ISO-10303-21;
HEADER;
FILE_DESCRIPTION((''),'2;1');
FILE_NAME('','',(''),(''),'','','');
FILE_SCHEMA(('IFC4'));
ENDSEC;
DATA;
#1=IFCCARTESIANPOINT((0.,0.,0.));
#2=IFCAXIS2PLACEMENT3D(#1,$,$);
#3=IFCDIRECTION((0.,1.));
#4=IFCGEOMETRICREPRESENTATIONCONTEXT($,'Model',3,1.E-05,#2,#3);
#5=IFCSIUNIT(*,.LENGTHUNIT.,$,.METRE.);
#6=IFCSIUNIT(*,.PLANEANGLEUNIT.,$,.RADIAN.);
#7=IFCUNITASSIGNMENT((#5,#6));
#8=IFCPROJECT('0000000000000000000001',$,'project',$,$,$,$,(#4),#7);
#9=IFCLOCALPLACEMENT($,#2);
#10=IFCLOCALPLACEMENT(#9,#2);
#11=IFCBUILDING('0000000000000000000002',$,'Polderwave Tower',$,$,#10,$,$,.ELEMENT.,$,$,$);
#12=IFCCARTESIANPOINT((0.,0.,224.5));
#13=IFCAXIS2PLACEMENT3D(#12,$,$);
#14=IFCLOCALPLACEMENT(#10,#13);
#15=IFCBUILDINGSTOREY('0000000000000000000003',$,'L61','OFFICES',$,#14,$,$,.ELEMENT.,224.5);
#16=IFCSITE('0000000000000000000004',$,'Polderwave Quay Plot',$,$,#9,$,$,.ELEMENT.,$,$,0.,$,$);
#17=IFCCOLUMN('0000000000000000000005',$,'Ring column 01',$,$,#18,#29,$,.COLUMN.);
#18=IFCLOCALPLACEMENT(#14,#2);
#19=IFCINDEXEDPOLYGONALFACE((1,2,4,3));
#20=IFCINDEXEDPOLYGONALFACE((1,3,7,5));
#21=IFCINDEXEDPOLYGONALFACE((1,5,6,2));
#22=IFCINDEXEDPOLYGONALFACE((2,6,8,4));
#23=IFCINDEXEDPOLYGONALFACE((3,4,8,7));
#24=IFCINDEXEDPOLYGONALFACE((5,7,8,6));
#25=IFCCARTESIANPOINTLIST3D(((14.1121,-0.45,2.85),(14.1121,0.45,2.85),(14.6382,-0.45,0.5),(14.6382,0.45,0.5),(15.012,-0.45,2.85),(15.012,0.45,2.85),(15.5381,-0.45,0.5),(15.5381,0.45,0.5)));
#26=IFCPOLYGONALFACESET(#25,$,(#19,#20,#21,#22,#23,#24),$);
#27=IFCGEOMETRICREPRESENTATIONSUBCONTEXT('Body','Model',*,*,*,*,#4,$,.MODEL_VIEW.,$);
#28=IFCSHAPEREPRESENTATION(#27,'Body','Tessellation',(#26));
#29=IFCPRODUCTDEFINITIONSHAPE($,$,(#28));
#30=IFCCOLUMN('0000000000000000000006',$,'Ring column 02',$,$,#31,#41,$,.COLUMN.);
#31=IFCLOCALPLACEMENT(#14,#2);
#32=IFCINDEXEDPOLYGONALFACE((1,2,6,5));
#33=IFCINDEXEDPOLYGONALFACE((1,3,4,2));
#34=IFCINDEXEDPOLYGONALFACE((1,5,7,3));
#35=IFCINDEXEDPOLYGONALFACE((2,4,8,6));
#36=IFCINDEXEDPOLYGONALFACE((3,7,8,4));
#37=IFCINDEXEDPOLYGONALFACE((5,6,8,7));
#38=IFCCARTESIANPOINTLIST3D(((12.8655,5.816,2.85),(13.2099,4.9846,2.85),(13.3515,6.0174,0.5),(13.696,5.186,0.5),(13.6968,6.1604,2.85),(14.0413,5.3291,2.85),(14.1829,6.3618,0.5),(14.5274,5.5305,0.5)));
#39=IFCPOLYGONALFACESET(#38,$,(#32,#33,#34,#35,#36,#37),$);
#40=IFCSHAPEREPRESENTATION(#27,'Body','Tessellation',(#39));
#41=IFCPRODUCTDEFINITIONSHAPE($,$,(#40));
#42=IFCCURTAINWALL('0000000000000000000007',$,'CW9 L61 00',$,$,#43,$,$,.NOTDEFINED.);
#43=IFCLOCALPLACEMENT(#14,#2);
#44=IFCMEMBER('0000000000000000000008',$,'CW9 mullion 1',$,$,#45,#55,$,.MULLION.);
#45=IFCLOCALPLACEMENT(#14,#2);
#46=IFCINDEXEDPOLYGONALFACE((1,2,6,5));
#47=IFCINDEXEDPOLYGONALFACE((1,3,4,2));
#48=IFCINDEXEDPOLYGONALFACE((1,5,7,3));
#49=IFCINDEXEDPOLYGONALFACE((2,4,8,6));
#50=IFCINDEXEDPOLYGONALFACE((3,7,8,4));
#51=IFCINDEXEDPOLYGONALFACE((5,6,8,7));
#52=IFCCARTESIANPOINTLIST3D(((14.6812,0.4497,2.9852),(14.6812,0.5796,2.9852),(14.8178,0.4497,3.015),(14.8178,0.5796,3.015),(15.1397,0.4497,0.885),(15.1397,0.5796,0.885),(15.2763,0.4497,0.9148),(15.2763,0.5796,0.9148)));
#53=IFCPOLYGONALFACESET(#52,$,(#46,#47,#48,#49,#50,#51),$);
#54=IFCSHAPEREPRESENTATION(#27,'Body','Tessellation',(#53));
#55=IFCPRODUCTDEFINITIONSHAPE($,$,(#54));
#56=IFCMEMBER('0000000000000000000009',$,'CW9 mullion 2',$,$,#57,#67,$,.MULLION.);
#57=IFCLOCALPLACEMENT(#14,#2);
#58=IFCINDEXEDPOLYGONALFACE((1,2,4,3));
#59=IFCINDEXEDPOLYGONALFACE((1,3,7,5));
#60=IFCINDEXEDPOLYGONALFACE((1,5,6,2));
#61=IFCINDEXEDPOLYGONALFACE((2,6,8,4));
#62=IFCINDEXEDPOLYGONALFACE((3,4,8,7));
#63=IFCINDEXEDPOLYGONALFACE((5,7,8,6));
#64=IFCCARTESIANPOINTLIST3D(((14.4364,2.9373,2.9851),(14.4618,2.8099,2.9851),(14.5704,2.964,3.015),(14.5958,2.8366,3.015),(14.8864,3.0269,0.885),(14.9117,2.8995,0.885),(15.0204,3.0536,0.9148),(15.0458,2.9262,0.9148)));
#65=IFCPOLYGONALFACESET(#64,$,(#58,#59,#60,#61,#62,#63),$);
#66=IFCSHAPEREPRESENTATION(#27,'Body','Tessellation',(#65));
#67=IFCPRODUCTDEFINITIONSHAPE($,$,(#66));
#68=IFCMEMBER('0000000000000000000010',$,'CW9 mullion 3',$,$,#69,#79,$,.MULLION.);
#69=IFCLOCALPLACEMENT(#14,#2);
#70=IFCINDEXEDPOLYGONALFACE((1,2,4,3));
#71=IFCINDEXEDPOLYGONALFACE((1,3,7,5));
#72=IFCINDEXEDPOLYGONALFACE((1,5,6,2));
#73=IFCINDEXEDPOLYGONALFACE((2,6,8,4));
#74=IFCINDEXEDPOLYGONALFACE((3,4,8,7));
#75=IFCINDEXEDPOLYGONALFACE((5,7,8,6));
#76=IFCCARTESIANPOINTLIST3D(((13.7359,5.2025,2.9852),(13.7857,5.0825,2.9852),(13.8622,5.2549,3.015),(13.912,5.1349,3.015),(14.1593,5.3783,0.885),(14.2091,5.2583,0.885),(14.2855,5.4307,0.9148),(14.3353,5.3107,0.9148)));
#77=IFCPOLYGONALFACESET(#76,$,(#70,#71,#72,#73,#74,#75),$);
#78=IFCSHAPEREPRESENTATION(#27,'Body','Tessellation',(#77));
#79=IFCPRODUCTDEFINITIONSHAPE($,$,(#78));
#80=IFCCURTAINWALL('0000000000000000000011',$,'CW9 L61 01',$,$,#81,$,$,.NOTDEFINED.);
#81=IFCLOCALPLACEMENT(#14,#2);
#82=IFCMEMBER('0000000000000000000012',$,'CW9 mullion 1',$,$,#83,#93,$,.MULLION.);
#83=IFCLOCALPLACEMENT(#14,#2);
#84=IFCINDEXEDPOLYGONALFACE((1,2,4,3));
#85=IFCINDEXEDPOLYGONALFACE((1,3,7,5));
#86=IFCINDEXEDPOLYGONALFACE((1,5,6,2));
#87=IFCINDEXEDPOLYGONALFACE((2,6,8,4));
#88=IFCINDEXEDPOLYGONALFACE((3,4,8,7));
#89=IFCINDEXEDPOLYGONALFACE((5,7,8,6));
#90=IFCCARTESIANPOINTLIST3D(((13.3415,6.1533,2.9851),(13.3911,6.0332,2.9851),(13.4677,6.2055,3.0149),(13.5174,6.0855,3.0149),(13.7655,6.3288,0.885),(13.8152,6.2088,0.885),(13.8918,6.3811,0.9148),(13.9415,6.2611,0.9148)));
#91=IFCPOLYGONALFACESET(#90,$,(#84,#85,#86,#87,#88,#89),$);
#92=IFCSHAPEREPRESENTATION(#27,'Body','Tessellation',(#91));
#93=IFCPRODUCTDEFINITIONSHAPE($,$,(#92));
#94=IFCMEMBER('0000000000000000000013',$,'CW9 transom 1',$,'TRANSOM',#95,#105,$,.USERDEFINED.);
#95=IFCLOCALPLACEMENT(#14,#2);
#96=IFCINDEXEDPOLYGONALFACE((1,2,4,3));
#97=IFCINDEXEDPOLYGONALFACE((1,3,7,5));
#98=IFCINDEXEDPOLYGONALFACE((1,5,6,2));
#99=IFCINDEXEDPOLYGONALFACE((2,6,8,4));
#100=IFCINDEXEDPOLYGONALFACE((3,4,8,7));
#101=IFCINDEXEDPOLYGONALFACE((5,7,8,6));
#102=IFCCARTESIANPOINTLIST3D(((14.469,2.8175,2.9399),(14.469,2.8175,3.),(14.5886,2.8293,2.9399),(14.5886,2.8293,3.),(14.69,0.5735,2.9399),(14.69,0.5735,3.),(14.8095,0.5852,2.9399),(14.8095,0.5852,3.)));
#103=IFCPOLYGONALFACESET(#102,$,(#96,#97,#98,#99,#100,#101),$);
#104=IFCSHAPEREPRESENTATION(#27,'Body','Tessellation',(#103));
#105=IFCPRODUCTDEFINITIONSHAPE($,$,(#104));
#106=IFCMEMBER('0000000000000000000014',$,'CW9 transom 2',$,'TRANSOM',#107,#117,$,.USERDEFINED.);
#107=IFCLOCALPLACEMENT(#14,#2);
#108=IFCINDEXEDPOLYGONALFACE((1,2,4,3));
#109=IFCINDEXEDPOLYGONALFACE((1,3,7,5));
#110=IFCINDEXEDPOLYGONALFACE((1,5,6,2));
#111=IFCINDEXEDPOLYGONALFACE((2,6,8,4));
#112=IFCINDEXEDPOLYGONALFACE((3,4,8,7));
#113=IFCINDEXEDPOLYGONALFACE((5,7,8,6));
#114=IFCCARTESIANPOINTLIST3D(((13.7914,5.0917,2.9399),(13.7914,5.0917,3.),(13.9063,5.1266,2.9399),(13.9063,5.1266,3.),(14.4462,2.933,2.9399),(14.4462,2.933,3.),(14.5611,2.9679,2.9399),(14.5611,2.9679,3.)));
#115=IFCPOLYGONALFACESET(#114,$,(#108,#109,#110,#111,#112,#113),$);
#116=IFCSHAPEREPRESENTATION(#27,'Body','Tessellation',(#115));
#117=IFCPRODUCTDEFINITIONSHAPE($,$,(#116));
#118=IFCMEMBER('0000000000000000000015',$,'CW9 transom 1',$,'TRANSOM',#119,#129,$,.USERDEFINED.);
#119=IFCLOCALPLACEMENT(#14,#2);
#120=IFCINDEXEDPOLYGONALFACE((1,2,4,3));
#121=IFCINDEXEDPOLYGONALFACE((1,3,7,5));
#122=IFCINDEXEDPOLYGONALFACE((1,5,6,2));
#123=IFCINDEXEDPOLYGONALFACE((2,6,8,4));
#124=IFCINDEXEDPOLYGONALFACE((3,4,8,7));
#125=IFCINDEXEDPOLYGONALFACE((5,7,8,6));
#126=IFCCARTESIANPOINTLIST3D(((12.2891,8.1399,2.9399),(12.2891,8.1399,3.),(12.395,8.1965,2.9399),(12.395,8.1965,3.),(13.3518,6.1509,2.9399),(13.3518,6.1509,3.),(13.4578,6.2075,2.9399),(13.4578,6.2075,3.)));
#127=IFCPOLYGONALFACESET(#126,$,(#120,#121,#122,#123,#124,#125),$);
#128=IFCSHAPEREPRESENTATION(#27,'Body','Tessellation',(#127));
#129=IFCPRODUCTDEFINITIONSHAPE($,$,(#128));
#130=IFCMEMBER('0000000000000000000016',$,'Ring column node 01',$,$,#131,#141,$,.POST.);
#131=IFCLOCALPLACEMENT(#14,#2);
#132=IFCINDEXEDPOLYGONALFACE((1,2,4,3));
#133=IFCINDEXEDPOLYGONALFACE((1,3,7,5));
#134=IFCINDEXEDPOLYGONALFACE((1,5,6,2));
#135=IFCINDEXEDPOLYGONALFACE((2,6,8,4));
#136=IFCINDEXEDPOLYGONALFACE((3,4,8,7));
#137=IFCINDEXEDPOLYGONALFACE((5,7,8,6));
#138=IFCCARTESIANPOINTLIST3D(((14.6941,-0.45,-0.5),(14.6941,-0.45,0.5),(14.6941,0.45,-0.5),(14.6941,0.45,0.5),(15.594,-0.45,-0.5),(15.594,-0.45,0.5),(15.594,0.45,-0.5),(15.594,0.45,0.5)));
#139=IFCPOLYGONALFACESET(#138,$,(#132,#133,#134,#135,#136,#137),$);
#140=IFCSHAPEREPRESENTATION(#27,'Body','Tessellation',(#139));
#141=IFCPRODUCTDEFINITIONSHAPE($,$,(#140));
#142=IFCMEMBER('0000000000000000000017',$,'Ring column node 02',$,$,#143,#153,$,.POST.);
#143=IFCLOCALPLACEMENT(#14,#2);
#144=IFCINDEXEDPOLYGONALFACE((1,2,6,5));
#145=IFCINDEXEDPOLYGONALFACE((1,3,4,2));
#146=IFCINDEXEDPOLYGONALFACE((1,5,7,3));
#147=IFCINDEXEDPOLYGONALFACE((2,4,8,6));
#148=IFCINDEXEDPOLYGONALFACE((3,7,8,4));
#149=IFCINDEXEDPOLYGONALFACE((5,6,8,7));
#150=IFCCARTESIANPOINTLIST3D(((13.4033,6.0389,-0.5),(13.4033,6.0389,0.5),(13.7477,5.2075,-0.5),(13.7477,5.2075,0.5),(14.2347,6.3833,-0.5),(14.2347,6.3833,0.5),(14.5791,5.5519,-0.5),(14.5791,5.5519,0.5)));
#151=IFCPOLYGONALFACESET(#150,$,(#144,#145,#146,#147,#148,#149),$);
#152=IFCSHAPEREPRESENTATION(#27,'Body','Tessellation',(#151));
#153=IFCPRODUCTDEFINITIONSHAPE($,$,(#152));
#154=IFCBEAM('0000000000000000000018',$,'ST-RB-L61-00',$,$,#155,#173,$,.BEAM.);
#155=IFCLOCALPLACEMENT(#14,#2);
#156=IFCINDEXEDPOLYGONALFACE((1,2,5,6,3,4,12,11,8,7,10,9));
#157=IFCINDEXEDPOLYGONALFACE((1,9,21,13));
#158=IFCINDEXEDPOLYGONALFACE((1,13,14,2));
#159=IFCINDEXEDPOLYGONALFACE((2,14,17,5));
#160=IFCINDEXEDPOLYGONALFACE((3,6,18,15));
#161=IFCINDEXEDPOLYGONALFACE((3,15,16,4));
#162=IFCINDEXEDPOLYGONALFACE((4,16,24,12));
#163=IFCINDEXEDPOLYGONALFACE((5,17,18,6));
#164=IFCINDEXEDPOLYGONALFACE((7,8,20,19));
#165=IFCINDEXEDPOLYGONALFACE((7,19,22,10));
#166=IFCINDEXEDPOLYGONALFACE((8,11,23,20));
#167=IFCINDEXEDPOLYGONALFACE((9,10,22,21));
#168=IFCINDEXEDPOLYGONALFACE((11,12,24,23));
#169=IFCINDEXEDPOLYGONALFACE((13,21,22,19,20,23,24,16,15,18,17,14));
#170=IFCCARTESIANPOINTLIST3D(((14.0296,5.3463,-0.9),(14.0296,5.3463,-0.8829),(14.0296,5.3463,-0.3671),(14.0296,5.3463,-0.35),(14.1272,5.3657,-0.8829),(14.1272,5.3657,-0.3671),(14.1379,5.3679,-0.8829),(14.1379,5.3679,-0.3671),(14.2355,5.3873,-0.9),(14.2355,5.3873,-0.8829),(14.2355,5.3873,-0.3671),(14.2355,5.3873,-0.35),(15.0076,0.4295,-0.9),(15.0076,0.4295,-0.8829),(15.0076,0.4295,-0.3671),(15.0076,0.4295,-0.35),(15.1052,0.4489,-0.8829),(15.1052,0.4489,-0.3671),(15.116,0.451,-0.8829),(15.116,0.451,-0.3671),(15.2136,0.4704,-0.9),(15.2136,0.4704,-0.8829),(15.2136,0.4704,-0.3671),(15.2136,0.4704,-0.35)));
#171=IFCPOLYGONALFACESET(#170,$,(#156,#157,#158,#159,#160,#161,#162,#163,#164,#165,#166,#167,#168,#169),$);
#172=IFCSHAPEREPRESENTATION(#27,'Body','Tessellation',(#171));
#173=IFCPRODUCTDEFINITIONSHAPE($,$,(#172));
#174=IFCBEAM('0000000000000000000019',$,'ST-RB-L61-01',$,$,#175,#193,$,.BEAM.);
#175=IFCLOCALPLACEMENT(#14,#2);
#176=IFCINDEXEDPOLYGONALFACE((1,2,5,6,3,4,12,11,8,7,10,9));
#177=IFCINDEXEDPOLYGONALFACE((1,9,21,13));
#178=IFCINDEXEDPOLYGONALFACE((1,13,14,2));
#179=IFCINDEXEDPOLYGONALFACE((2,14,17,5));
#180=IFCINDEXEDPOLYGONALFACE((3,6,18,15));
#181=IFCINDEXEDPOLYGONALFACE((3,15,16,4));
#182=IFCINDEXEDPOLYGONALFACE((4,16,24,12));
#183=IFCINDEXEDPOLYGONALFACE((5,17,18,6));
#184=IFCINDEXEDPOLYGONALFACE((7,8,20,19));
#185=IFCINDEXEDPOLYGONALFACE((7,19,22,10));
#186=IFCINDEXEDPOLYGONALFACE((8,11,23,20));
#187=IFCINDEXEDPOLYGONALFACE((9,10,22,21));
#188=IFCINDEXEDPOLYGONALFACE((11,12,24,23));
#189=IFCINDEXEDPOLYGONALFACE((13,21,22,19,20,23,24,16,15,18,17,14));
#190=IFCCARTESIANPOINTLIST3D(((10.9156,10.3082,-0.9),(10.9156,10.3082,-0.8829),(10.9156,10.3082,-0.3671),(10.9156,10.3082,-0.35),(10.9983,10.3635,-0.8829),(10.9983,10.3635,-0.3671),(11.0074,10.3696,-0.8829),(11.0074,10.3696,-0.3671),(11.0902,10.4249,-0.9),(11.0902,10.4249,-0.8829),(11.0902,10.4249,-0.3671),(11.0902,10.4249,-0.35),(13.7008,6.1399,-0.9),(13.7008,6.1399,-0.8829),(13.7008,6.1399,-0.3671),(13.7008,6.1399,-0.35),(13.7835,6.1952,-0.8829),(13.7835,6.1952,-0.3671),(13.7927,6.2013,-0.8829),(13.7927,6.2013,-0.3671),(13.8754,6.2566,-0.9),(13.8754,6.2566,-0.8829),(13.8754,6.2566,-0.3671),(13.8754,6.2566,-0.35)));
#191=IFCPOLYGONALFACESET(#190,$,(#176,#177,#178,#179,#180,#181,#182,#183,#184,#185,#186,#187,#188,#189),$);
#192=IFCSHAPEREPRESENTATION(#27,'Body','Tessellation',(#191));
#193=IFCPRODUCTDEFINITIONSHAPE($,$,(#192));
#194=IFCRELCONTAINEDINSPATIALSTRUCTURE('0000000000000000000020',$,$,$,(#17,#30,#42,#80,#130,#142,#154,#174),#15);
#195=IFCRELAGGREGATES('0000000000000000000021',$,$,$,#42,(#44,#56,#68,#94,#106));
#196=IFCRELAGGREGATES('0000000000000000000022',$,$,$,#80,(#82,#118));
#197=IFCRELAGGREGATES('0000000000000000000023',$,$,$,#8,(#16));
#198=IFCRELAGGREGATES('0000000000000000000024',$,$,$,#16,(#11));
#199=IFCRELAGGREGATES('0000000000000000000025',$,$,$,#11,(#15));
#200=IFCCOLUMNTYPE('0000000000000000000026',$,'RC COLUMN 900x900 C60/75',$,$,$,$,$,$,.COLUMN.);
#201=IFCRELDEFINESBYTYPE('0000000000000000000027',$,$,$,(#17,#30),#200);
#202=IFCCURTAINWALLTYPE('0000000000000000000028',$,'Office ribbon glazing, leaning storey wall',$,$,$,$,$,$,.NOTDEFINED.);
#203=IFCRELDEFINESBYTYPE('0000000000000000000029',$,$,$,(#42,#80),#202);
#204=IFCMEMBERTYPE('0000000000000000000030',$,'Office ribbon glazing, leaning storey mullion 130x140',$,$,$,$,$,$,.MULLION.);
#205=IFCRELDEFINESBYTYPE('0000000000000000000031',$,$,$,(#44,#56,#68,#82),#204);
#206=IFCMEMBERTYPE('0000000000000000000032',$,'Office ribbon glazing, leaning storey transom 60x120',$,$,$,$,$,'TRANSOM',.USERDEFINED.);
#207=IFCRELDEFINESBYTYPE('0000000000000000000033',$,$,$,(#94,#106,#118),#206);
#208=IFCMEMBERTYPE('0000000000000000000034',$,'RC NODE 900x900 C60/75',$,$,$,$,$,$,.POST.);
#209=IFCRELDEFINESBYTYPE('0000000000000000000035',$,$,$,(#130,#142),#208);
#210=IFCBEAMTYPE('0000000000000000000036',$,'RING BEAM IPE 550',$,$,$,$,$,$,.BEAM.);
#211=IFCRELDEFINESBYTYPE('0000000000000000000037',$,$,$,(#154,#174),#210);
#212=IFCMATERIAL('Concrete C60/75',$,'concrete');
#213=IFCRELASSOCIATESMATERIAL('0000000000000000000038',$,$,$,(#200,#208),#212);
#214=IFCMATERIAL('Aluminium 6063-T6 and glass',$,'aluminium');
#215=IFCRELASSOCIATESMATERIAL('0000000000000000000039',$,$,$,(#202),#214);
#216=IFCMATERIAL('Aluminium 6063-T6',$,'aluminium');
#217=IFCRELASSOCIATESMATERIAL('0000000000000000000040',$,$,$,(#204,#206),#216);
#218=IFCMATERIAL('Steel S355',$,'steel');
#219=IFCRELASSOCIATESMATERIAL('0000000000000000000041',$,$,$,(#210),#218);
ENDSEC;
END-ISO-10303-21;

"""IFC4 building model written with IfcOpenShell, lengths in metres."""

from ifc_helpers import new_model, si_unit, direction, frame, origin, origin_2d, place, context, subcontext, project, spatial, rectangle, i_section, extrude, material, material_profile, profile_set, type_object, element, aggregate, save


model = new_model("IFC4")

# Units and contexts
model_context = context("Model", 3, precision=1e-05, world=origin(), true_north=direction((0.0, 1.0)))
body_context = subcontext(model_context, "Body", "Model", "MODEL_VIEW")
ifc_project = project(units=[si_unit("LENGTHUNIT", "METRE"), si_unit("PLANEANGLEUNIT", "RADIAN")], contexts=[model_context])

# Site, building, storey
site_placement = place(None, origin())
site = spatial("IfcSite", under=ifc_project, at=site_placement, Name="Polderwave Quay Plot", CompositionType="ELEMENT", RefElevation=0.0)
building_placement = place(site_placement, origin())
building = spatial("IfcBuilding", under=site, at=building_placement, Name="Polderwave Tower", CompositionType="ELEMENT")
storey_placement = place(building_placement, frame((0.0, 0.0, 224.5)))
storey = spatial("IfcBuildingStorey", under=building, at=storey_placement, Name="L61", Description="OFFICES", CompositionType="ELEMENT", Elevation=224.5)

# Columns
ifc_material_1 = material(Name="Concrete C60/75", Category="concrete")
ifc_material_profile_1 = material_profile(ifc_material_1, rectangle(XDim=0.8999, YDim=0.8999, at=origin_2d()), Name="RC 900x900")
ifc_profile_set_1 = profile_set([ifc_material_profile_1], Name="Concrete C60/75")
column_type = type_object("IfcColumnType", Name="RC COLUMN 900x900 C60/75", PredefinedType="COLUMN", material=ifc_profile_set_1)
column_1_placement = place(storey_placement, frame((15.0881, 0.0, 0.5), z_axis=(0.0, 0.0, 1.0), x_axis=(0.0, -1.0, 0.0)))
element("IfcColumn", 1, at=column_1_placement, inside=storey, type_object=column_type, Name="Ring column 01", PredefinedType="COLUMN", context=body_context, shape_type="SweptSolid", body=[
    extrude(rectangle(XDim=0.8999, YDim=0.8999, at=origin_2d()), origin(), (0.0, -0.218465, 0.975845), 2.4082),
])
column_2_placement = place(storey_placement, frame((13.9395, 5.7739, 0.5), z_axis=(0.0, 0.0, 1.0), x_axis=(0.382803, -0.92383, 0.0)))
element("IfcColumn", 2, at=column_2_placement, inside=storey, type_object=column_type, Name="Ring column 02", PredefinedType="COLUMN", context=body_context, shape_type="SweptSolid", body=[
    extrude(rectangle(XDim=0.8999, YDim=0.8999, at=origin_2d()), origin(), (0.0, -0.21848, 0.975841), 2.4082),
])

# Curtain wall, members
ifc_material_2 = material(Name="Aluminium 6063-T6 and glass", Category="aluminium")
curtain_wall_type = type_object("IfcCurtainWallType", Name="Office ribbon glazing, leaning storey wall", PredefinedType="NOTDEFINED", material=ifc_material_2)
curtain_wall_1_placement = place(storey_placement, origin())
curtain_wall_1 = element("IfcCurtainWall", 3, at=curtain_wall_1_placement, inside=storey, type_object=curtain_wall_type, Name="CW9 L61 00", PredefinedType="NOTDEFINED")
ifc_material_3 = material(Name="Aluminium 6063-T6", Category="aluminium")
ifc_material_profile_2 = material_profile(ifc_material_3, rectangle(XDim=0.1299, YDim=0.1399, at=origin_2d()), Name="AL 130x140")
ifc_profile_set_2 = profile_set([ifc_material_profile_2], Name="Aluminium 6063-T6")
member_type_1 = type_object("IfcMemberType", Name="Office ribbon glazing, leaning storey mullion 130x140", PredefinedType="MULLION", material=ifc_profile_set_2)
member_1_placement = place(storey_placement, frame((15.208, 0.5146, 0.8999), z_axis=(-0.213297, 0.0, 0.976987), x_axis=(0.0, -1.0, 0.0)))
member_1 = element("IfcMember", 4, at=member_1_placement, type_object=member_type_1, Name="CW9 mullion 1", PredefinedType="MULLION", context=body_context, shape_type="SweptSolid", body=[
    extrude(rectangle(XDim=0.1299, YDim=0.1399, at=origin_2d()), origin(), (0.0, 0.0, 1.0), 2.1497),
])
member_2_placement = place(storey_placement, frame((14.9661, 2.9766, 0.8999), z_axis=(-0.209316, -0.041681, 0.976959), x_axis=(0.195297, -0.980744, 0.0)))
member_2 = element("IfcMember", 5, at=member_2_placement, type_object=member_type_1, Name="CW9 mullion 2", PredefinedType="MULLION", context=body_context, shape_type="SweptSolid", body=[
    extrude(rectangle(XDim=0.1299, YDim=0.1399, at=origin_2d()), origin(), (0.0, 0.0, 1.0), 2.1497),
])
member_3_placement = place(storey_placement, frame((14.2473, 5.3445, 0.8999), z_axis=(-0.196944, -0.081776, 0.976998), x_axis=(0.383481, -0.923549, 0.0)))
member_3 = element("IfcMember", 6, at=member_3_placement, type_object=member_type_1, Name="CW9 mullion 3", PredefinedType="MULLION", context=body_context, shape_type="SweptSolid", body=[
    extrude(rectangle(XDim=0.1299, YDim=0.1399, at=origin_2d()), origin(), (0.0, 0.0, 1.0), 2.1497),
])

# Curtain wall, member
curtain_wall_2_placement = place(storey_placement, origin())
curtain_wall_2 = element("IfcCurtainWall", 7, at=curtain_wall_2_placement, inside=storey, type_object=curtain_wall_type, Name="CW9 L61 01", PredefinedType="NOTDEFINED")
member_4_placement = place(storey_placement, frame((13.8535, 6.2949, 0.8999), z_axis=(-0.197274, -0.081658, 0.976942), x_axis=(0.382461, -0.923971, 0.0)))
member_4 = element("IfcMember", 8, at=member_4_placement, type_object=member_type_1, Name="CW9 mullion 1", PredefinedType="MULLION", context=body_context, shape_type="SweptSolid", body=[
    extrude(rectangle(XDim=0.1299, YDim=0.1399, at=origin_2d()), origin(), (0.0, 0.0, 1.0), 2.1497),
])

# Members
ifc_material_profile_3 = material_profile(ifc_material_3, rectangle(XDim=0.1201, YDim=0.0601, at=origin_2d()), Name="AL 60x120")
ifc_profile_set_3 = profile_set([ifc_material_profile_3], Name="Aluminium 6063-T6")
member_type_2 = type_object("IfcMemberType", Name="Office ribbon glazing, leaning storey transom 60x120", ElementType="TRANSOM", PredefinedType="USERDEFINED", material=ifc_profile_set_3)
member_5_placement = place(storey_placement, frame((14.7498, 0.5793, 2.97), z_axis=(-0.097981, 0.995188, 0.0), x_axis=(-0.995188, -0.097981, 0.0)))
member_5 = element("IfcMember", 9, at=member_5_placement, type_object=member_type_2, Name="CW9 transom 1", ObjectType="TRANSOM", PredefinedType="USERDEFINED", context=body_context, shape_type="SweptSolid", body=[
    extrude(rectangle(XDim=0.1201, YDim=0.0601, at=origin_2d()), origin(), (0.0, 0.0, 1.0), 2.2549),
])
member_6_placement = place(storey_placement, frame((14.5037, 2.9504, 2.97), z_axis=(-0.290266, 0.956946, 0.0), x_axis=(-0.956946, -0.290266, 0.0)))
member_6 = element("IfcMember", 10, at=member_6_placement, type_object=member_type_2, Name="CW9 transom 2", ObjectType="TRANSOM", PredefinedType="USERDEFINED", context=body_context, shape_type="SweptSolid", body=[
    extrude(rectangle(XDim=0.1201, YDim=0.0601, at=origin_2d()), origin(), (0.0, 0.0, 1.0), 2.2559),
])
member_7_placement = place(storey_placement, frame((13.4048, 6.1792, 2.97), z_axis=(-0.471257, 0.881996, 0.0), x_axis=(-0.881996, -0.471257, 0.0)))
member_7 = element("IfcMember", 11, at=member_7_placement, type_object=member_type_2, Name="CW9 transom 1", ObjectType="TRANSOM", PredefinedType="USERDEFINED", context=body_context, shape_type="SweptSolid", body=[
    extrude(rectangle(XDim=0.1201, YDim=0.0601, at=origin_2d()), origin(), (0.0, 0.0, 1.0), 2.2551),
])

# Members
ifc_material_profile_4 = material_profile(ifc_material_1, rectangle(XDim=0.8999, YDim=0.8999, at=origin_2d()), Name="RC 900x900")
ifc_profile_set_4 = profile_set([ifc_material_profile_4], Name="Concrete C60/75")
member_type_3 = type_object("IfcMemberType", Name="RC NODE 900x900 C60/75", PredefinedType="POST", material=ifc_profile_set_4)
for number, where, z_axis, x_axis, name in (
    (12, (15.144, 0.0, -0.5), (0.0, 0.0, 1.0), (1.0, 0.0, 0.0), "Ring column node 01"),
    (13, (13.9912, 5.7954, -0.5), (0.0, 0.0, 1.0), (0.92388, 0.382683, 0.0), "Ring column node 02"),
):
    element("IfcMember", number, at=place(storey_placement, frame(where, z_axis=z_axis, x_axis=x_axis)), inside=storey, type_object=member_type_3, Name=name, PredefinedType="POST", context=body_context, shape_type="SweptSolid", body=[
        extrude(rectangle(XDim=0.8999, YDim=0.8999, at=origin_2d()), origin(), (0.0, 0.0, 1.0), 1.0),
    ])

# Beams
ifc_material_4 = material(Name="Steel S355", Category="steel")
ifc_material_profile_5 = material_profile(ifc_material_4, i_section(OverallWidth=0.21, OverallDepth=0.55, WebThickness=0.011, FlangeThickness=0.0171, at=origin_2d()), Name="IPE 550")
ifc_profile_set_5 = profile_set([ifc_material_profile_5], Name="Steel S355")
beam_type = type_object("IfcBeamType", Name="RING BEAM IPE 550", PredefinedType="BEAM", material=ifc_profile_set_5)
for number, where, z_axis, x_axis, name in (
    (14, (15.1106, 0.45, -0.625), (-0.195095, 0.980784, 0.0), (-0.980784, -0.195095, 0.0), "ST-RB-L61-00"),
    (15, (13.7881, 6.1982, -0.625), (-0.555576, 0.831465, 0.0), (-0.831465, -0.555576, 0.0), "ST-RB-L61-01"),
):
    element("IfcBeam", number, at=place(storey_placement, frame(where, z_axis=z_axis, x_axis=x_axis)), inside=storey, type_object=beam_type, Name=name, PredefinedType="BEAM", context=body_context, shape_type="SweptSolid", body=[
        extrude(i_section(OverallWidth=0.21, OverallDepth=0.55, WebThickness=0.011, FlangeThickness=0.0171, at=origin_2d()), origin(), (0.0, 0.0, 1.0), 5.0132),
    ])

aggregate(curtain_wall_1, [member_1, member_2, member_3, member_5, member_6])
aggregate(curtain_wall_2, [member_4, member_7])

save(model, "model.ifc")
